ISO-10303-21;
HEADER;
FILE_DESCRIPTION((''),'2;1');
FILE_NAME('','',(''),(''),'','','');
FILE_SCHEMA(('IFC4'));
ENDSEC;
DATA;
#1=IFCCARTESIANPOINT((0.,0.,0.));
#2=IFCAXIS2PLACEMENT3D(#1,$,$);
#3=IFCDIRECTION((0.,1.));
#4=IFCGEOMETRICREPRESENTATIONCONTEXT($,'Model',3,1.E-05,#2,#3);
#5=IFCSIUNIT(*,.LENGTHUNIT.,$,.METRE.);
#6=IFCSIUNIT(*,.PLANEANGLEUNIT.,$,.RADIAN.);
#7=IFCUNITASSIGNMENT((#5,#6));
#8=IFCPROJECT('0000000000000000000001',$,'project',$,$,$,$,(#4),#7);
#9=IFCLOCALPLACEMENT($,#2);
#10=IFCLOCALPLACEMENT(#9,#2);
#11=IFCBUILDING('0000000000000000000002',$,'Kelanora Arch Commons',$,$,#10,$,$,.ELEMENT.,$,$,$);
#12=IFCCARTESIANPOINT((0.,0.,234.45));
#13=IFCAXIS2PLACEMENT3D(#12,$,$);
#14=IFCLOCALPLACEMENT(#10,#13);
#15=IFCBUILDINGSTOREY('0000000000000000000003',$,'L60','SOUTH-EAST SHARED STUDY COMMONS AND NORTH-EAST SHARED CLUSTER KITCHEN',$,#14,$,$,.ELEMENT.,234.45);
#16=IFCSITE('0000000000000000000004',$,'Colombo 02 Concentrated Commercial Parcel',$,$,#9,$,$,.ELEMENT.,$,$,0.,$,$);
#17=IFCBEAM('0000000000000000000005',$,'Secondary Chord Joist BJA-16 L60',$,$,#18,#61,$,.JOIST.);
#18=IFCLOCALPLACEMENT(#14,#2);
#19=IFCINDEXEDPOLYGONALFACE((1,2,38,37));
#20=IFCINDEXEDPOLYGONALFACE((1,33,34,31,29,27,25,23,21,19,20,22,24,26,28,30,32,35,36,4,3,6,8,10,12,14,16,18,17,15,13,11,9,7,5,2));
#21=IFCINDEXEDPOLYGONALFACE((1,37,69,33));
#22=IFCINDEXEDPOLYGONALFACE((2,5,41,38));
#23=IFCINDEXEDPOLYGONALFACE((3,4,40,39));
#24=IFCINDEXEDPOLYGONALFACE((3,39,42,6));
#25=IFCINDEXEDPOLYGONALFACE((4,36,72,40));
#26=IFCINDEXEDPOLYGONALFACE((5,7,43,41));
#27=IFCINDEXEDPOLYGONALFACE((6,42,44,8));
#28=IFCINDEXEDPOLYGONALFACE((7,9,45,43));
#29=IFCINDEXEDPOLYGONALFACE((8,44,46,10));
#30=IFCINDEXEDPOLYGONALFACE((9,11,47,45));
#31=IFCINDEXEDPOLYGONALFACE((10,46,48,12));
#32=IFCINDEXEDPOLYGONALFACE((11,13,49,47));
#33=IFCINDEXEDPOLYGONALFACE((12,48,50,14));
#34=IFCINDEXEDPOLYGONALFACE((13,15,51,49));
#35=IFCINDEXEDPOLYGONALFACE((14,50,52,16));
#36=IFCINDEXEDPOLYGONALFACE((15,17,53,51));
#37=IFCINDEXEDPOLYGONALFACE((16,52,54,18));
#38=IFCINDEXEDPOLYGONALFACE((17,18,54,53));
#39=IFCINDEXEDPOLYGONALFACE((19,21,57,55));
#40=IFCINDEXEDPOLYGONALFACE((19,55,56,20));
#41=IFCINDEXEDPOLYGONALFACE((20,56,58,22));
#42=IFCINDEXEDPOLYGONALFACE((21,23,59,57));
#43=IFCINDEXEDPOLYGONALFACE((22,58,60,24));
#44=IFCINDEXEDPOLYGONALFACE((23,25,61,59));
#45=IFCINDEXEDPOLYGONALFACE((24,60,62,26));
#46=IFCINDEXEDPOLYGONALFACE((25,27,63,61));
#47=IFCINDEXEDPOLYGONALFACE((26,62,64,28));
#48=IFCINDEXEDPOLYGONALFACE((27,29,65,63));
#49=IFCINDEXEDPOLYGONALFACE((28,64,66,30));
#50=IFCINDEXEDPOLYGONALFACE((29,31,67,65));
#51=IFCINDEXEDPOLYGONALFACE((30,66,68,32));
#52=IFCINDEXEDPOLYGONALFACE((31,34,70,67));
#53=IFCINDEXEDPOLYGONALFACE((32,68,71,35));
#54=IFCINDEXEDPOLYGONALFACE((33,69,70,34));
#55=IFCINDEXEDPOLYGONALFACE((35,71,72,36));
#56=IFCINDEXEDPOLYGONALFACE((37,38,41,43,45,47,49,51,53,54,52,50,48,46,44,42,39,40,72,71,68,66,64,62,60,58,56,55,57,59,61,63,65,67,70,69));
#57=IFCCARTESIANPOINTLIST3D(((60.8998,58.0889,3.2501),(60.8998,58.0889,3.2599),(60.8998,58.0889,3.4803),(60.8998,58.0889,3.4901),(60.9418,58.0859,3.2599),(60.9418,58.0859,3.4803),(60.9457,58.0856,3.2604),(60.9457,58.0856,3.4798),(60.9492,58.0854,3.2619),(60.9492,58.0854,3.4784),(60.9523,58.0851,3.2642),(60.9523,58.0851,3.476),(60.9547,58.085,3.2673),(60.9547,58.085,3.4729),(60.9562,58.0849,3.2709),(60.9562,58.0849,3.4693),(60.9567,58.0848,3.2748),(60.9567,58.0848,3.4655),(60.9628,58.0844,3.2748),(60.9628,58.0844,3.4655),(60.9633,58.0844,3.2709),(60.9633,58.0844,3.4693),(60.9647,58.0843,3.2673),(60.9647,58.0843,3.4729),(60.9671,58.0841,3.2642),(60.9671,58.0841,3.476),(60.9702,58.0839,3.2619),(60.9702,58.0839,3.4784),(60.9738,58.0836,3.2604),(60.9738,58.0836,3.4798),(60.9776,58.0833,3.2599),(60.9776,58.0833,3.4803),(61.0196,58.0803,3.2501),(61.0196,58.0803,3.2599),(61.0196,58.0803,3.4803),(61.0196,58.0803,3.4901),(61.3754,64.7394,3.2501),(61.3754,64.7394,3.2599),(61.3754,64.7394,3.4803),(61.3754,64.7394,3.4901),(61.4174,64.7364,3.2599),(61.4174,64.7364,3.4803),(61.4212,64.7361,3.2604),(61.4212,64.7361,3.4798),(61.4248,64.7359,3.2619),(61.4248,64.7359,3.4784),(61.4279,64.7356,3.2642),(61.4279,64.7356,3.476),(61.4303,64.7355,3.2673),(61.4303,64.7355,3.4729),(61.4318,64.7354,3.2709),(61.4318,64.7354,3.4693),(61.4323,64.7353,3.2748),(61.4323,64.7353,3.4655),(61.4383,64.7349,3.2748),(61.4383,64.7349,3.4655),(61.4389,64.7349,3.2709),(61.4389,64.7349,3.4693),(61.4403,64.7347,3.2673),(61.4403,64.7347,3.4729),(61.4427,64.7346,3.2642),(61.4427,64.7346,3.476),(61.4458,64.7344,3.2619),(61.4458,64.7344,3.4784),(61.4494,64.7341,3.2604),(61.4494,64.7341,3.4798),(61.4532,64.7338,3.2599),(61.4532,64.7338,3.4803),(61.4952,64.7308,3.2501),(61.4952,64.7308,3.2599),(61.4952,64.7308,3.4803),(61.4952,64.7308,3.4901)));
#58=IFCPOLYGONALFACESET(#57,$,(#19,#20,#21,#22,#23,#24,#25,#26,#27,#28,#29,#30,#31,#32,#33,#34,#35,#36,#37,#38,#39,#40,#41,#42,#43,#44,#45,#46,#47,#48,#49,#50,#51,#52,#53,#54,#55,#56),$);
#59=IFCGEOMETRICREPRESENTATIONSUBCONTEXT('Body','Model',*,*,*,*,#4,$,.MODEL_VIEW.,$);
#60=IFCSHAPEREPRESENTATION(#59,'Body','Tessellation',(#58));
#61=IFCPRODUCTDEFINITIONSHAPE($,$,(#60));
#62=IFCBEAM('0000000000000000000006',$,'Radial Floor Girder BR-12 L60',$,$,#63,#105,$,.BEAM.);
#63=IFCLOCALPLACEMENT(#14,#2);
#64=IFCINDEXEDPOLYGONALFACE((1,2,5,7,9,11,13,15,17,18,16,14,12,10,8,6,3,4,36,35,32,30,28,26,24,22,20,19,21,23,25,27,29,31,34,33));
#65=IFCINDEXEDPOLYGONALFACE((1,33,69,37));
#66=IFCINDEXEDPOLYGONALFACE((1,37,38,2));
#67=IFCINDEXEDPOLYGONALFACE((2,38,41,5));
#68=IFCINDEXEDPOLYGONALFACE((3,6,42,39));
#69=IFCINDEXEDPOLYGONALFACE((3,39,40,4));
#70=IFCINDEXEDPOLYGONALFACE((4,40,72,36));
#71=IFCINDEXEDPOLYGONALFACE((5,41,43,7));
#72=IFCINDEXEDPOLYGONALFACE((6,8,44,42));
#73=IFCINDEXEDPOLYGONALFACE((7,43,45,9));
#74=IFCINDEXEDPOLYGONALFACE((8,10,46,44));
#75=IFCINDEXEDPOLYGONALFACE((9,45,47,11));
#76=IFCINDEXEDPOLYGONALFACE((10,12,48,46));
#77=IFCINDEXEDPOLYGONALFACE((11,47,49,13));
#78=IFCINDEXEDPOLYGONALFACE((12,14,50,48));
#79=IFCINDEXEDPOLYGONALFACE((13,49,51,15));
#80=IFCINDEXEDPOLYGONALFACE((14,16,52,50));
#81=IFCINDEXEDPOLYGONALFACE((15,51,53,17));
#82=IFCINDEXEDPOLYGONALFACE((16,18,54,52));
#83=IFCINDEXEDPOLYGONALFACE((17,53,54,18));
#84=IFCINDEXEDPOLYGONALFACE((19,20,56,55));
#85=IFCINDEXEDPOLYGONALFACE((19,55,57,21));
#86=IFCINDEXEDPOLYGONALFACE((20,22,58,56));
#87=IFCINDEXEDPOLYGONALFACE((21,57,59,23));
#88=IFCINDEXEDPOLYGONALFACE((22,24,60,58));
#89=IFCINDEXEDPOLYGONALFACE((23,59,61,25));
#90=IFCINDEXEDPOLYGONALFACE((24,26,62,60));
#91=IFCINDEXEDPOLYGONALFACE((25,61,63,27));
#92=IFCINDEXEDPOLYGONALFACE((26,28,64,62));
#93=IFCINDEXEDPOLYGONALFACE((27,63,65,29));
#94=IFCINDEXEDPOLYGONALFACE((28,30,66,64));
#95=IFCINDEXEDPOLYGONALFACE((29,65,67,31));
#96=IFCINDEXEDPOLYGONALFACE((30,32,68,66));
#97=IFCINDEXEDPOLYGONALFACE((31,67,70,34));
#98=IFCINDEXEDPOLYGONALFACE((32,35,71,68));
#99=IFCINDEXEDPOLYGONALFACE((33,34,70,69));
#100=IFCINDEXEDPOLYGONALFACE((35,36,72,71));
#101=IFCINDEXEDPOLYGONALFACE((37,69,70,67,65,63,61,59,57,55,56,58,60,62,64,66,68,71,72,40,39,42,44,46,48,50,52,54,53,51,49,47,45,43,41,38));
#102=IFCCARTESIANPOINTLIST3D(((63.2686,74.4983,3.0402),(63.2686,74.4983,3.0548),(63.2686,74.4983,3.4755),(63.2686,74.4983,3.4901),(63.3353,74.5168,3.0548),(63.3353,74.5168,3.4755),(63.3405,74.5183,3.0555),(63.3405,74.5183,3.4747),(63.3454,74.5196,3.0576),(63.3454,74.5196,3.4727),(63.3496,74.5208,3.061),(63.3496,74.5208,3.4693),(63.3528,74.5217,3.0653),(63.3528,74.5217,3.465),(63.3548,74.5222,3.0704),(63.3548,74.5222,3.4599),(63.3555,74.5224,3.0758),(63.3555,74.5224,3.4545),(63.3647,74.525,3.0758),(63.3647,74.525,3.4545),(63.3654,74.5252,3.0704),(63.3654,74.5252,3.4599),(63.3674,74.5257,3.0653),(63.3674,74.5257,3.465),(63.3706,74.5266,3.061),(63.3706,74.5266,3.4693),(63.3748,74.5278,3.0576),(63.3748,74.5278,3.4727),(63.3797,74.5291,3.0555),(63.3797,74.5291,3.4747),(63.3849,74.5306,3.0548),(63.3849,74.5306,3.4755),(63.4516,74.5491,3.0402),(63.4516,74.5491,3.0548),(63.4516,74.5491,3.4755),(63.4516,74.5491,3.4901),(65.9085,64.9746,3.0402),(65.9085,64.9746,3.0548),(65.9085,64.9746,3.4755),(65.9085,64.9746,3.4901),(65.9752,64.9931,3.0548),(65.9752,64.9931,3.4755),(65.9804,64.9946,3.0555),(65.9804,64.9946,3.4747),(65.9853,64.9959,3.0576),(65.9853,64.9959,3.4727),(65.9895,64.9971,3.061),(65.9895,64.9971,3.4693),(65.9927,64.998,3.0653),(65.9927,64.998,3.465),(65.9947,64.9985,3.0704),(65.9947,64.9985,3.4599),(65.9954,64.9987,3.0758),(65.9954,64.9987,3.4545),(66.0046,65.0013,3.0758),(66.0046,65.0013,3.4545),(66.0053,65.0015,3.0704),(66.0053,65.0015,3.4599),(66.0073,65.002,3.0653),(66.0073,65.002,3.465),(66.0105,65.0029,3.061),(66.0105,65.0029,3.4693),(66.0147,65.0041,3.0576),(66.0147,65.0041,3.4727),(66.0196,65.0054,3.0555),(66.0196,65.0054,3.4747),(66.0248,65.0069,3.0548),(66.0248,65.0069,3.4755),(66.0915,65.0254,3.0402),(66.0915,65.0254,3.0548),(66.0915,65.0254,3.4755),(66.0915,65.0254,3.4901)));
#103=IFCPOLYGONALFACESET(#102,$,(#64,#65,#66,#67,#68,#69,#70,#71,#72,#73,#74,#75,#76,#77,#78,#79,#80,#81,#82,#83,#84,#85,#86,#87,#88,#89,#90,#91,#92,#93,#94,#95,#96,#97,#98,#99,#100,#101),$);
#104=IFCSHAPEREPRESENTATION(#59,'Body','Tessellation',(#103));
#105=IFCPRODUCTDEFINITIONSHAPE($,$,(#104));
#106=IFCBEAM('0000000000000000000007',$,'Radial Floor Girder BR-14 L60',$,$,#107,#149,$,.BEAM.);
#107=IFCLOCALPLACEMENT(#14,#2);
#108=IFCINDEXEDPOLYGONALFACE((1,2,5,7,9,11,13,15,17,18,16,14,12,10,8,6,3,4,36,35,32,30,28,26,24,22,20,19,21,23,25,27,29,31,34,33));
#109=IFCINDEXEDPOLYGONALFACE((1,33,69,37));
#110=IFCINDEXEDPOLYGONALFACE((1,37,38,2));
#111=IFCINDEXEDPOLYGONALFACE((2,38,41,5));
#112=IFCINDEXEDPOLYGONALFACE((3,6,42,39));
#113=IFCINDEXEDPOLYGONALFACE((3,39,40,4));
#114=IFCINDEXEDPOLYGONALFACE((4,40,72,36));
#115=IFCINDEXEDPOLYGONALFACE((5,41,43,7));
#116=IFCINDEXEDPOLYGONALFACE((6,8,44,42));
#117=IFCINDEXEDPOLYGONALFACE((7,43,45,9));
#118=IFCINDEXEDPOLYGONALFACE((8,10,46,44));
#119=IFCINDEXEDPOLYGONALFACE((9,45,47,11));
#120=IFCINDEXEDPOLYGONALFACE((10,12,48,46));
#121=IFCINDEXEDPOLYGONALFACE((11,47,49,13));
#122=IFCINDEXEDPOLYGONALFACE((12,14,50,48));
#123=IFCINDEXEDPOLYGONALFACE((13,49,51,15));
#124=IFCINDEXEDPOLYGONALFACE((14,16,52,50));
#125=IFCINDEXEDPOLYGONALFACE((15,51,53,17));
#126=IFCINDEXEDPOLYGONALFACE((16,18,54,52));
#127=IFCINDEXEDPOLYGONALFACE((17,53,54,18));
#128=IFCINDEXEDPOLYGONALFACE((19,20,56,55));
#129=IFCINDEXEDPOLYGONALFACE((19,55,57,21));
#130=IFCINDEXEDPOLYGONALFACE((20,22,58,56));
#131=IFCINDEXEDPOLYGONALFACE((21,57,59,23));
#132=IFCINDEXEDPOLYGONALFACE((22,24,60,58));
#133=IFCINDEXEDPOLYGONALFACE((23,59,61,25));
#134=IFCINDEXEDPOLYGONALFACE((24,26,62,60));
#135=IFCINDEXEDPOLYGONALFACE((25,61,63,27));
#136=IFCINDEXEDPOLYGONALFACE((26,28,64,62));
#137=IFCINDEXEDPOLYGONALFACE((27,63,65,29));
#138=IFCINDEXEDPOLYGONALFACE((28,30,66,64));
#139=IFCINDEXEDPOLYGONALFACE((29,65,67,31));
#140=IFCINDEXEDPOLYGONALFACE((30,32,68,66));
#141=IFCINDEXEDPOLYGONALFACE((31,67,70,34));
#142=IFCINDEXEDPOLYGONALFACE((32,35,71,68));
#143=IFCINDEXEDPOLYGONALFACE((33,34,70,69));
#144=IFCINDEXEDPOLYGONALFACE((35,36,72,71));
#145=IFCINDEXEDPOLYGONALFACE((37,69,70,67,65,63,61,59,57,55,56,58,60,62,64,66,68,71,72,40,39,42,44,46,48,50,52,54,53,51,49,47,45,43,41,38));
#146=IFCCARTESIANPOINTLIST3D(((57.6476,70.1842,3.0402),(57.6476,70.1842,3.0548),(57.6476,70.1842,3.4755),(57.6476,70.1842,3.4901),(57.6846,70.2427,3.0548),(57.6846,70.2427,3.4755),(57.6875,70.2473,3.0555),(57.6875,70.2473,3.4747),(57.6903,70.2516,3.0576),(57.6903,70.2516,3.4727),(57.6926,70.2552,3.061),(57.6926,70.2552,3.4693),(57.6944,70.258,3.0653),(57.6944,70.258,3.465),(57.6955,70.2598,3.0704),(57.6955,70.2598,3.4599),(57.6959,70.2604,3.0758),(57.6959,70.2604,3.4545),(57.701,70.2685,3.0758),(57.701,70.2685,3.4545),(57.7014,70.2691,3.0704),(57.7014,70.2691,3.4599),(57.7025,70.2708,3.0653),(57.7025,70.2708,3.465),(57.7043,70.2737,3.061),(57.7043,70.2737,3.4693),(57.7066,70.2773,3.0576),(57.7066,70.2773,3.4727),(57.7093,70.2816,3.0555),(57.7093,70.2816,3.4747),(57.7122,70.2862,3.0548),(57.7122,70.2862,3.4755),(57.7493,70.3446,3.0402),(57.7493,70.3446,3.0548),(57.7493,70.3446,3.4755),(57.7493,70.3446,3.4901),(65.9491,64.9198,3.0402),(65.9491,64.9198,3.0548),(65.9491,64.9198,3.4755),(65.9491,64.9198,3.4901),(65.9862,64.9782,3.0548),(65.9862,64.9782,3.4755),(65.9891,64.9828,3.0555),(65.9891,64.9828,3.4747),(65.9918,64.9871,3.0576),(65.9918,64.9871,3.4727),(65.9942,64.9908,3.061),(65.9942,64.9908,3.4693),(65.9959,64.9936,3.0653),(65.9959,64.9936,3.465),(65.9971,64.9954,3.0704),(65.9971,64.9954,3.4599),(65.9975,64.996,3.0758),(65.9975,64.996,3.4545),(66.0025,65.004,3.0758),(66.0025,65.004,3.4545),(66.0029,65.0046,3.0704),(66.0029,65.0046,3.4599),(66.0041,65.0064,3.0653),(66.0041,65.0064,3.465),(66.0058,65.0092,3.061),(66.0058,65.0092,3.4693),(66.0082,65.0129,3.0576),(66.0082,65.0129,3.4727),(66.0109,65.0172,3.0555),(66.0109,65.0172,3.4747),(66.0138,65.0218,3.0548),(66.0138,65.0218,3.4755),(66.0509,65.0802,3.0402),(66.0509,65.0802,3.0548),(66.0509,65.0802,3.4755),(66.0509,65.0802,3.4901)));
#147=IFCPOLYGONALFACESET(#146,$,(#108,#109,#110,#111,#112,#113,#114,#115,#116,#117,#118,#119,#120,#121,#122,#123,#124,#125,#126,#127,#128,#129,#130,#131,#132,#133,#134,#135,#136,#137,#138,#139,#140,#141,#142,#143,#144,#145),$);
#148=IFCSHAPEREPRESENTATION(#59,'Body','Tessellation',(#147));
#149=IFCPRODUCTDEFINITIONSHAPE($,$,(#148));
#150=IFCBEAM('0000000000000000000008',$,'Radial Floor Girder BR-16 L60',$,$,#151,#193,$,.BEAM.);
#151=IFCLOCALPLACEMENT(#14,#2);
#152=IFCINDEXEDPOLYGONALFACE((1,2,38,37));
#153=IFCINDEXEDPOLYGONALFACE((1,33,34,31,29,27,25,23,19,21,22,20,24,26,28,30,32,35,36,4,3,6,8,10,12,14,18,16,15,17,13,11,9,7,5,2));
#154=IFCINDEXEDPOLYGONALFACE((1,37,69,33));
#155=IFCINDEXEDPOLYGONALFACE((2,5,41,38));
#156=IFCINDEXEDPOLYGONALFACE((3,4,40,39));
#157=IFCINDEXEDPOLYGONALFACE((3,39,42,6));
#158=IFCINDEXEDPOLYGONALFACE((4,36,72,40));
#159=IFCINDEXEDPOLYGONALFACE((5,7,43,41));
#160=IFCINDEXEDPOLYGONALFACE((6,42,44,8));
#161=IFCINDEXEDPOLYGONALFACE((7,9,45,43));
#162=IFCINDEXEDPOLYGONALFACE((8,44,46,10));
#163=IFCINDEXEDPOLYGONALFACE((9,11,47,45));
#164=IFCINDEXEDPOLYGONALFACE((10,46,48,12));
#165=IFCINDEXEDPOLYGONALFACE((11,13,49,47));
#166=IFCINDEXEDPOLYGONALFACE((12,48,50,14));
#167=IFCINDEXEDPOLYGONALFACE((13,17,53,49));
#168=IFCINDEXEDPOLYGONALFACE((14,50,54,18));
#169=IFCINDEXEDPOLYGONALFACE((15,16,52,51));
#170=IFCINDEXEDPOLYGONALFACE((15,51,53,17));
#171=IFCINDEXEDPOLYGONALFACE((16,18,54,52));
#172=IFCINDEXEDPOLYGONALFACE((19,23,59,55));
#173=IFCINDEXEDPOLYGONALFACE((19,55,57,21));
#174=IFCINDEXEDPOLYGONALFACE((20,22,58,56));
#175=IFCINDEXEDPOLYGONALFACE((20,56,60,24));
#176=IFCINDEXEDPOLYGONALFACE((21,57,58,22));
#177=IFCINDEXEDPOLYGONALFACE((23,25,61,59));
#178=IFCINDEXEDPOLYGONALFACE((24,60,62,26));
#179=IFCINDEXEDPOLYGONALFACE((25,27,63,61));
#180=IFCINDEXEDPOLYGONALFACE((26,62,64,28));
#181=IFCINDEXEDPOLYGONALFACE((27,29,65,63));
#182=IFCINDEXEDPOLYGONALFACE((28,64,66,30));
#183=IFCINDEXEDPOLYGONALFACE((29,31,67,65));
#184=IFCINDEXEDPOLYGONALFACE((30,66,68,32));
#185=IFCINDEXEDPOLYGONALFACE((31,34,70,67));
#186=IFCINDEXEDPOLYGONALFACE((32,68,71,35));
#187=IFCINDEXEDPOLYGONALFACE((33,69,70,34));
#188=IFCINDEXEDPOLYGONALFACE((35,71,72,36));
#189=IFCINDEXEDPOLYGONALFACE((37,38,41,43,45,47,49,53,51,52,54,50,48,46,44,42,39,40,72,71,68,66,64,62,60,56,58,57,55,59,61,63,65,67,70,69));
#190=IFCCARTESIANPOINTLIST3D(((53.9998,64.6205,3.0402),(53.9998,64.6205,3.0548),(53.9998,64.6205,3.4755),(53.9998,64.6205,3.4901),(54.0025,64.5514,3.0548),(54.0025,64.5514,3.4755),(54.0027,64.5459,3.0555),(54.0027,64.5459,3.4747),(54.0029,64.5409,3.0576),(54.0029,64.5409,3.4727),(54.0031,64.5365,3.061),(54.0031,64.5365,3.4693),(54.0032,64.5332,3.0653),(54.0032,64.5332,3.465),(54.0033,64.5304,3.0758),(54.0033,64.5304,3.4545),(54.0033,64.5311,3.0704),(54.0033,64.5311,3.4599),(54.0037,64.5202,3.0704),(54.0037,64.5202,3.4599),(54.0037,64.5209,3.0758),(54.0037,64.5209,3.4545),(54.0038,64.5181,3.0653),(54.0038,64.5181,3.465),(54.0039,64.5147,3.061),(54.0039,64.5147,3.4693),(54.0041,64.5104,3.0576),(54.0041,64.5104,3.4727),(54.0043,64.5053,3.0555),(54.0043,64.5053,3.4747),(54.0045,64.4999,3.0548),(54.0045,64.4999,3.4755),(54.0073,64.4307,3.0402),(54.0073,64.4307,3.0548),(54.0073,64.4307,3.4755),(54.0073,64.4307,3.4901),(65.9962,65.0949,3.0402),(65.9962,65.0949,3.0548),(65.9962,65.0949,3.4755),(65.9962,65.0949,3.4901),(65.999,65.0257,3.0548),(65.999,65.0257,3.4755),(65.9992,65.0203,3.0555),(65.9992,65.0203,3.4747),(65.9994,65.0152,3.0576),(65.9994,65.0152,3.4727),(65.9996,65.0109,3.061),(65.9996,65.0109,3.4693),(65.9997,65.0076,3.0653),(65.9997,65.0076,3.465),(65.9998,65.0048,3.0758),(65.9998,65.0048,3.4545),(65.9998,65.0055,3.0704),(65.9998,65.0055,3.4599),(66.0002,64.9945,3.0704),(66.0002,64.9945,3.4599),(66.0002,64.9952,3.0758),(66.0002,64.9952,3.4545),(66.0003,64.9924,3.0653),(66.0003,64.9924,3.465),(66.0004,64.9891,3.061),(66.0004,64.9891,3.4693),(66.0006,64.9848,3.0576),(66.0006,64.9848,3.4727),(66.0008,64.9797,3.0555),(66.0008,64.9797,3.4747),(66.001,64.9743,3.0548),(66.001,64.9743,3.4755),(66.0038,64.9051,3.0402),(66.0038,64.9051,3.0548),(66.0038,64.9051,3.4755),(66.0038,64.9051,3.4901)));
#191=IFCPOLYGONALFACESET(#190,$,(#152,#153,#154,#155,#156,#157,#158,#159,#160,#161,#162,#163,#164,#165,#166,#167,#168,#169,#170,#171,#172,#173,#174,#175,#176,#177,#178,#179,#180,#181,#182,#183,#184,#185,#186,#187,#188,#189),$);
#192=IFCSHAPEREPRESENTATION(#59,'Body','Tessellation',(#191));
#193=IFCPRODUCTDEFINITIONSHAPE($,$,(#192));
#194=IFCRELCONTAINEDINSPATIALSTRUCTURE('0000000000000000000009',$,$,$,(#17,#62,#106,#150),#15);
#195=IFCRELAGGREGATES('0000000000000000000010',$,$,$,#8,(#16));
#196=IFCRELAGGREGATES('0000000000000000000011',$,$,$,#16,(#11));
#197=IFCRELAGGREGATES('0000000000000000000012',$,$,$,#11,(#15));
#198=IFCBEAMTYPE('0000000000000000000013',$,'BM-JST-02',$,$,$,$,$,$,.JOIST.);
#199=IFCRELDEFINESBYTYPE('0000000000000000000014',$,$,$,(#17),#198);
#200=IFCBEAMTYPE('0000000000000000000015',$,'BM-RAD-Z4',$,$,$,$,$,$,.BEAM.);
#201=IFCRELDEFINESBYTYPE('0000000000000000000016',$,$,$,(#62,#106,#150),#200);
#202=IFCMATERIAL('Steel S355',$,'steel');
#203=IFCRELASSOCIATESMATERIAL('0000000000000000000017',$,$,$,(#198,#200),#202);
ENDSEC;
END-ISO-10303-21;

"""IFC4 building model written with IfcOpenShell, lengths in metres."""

from ifc_helpers import new_model, si_unit, direction, frame, origin, origin_2d, place, context, subcontext, project, spatial, i_section, extrude, material, material_profile, profile_set, type_object, element, save


model = new_model("IFC4")

# Units and contexts
model_context = context("Model", 3, precision=1e-05, world=origin(), true_north=direction((0.0, 1.0)))
body_context = subcontext(model_context, "Body", "Model", "MODEL_VIEW")
ifc_project = project(units=[si_unit("LENGTHUNIT", "METRE"), si_unit("PLANEANGLEUNIT", "RADIAN")], contexts=[model_context])

# Site, building, storey
site_placement = place(None, origin())
site = spatial("IfcSite", under=ifc_project, at=site_placement, Name="Colombo 02 Concentrated Commercial Parcel", CompositionType="ELEMENT", RefElevation=0.0)
building_placement = place(site_placement, origin())
building = spatial("IfcBuilding", under=site, at=building_placement, Name="Kelanora Arch Commons", CompositionType="ELEMENT")
storey_placement = place(building_placement, frame((0.0, 0.0, 234.45)))
storey = spatial("IfcBuildingStorey", under=building, at=storey_placement, Name="L60", Description="SOUTH-EAST SHARED STUDY COMMONS AND NORTH-EAST SHARED CLUSTER KITCHEN", CompositionType="ELEMENT", Elevation=234.45)

# Beams
ifc_material_1 = material(Name="Steel S355", Category="steel")
ifc_material_profile_1 = material_profile(ifc_material_1, i_section(OverallWidth=0.1201, OverallDepth=0.24, WebThickness=0.0061, FlangeThickness=0.0098, FilletRadius=0.0149, at=origin_2d()), Name="IPE240")
ifc_profile_set_1 = profile_set([ifc_material_profile_1], Name="Steel S355")
beam_type_1 = type_object("IfcBeamType", Name="BM-JST-02", PredefinedType="JOIST", material=ifc_profile_set_1)
beam_1_placement = place(storey_placement, frame((61.4353, 64.7351, 3.3701), z_axis=(-0.07133, -0.997453, 0.0), x_axis=(0.997453, -0.07133, 0.0)))
element("IfcBeam", 1, at=beam_1_placement, inside=storey, type_object=beam_type_1, Name="Secondary Chord Joist BJA-16 L60", PredefinedType="JOIST", context=body_context, shape_type="SweptSolid", body=[
    extrude(i_section(OverallWidth=0.1201, OverallDepth=0.24, WebThickness=0.0061, FlangeThickness=0.0098, FilletRadius=0.0149, at=origin_2d()), origin(), (0.0, 0.0, 1.0), 6.6675),
])
ifc_material_profile_2 = material_profile(ifc_material_1, i_section(OverallWidth=0.1899, OverallDepth=0.45, WebThickness=0.0095, FlangeThickness=0.0146, FilletRadius=0.021, at=origin_2d()), Name="IPE450")
ifc_profile_set_2 = profile_set([ifc_material_profile_2], Name="Steel S355")
beam_type_2 = type_object("IfcBeamType", Name="BM-RAD-Z4", PredefinedType="BEAM", material=ifc_profile_set_2)
beam_2_placement = place(storey_placement, frame((66.0, 65.0, 3.2651), z_axis=(-0.26712, 0.963663, 0.0), x_axis=(-0.963663, -0.26712, 0.0)))
element("IfcBeam", 2, at=beam_2_placement, inside=storey, type_object=beam_type_2, Name="Radial Floor Girder BR-12 L60", PredefinedType="BEAM", context=body_context, shape_type="SweptSolid", body=[
    extrude(i_section(OverallWidth=0.1899, OverallDepth=0.45, WebThickness=0.0095, FlangeThickness=0.0146, FilletRadius=0.021, at=origin_2d()), origin(), (0.0, 0.0, 1.0), 9.8828),
])
beam_3_placement = place(storey_placement, frame((66.0, 65.0, 3.2651), z_axis=(-0.844507, 0.535544, 0.0), x_axis=(-0.535544, -0.844507, 0.0)))
element("IfcBeam", 3, at=beam_3_placement, inside=storey, type_object=beam_type_2, Name="Radial Floor Girder BR-14 L60", PredefinedType="BEAM", context=body_context, shape_type="SweptSolid", body=[
    extrude(i_section(OverallWidth=0.1899, OverallDepth=0.45, WebThickness=0.0095, FlangeThickness=0.0146, FilletRadius=0.021, at=origin_2d()), origin(), (0.0, 0.0, 1.0), 9.8301),
])
beam_4_placement = place(storey_placement, frame((66.0, 65.0, 3.2651), z_axis=(-0.999219, -0.039511, 0.0), x_axis=(0.039511, -0.999219, 0.0)))
element("IfcBeam", 4, at=beam_4_placement, inside=storey, type_object=beam_type_2, Name="Radial Floor Girder BR-16 L60", PredefinedType="BEAM", context=body_context, shape_type="SweptSolid", body=[
    extrude(i_section(OverallWidth=0.1899, OverallDepth=0.45, WebThickness=0.0095, FlangeThickness=0.0146, FilletRadius=0.021, at=origin_2d()), origin(), (0.0, 0.0, 1.0), 12.0059),
])

save(model, "model.ifc")
